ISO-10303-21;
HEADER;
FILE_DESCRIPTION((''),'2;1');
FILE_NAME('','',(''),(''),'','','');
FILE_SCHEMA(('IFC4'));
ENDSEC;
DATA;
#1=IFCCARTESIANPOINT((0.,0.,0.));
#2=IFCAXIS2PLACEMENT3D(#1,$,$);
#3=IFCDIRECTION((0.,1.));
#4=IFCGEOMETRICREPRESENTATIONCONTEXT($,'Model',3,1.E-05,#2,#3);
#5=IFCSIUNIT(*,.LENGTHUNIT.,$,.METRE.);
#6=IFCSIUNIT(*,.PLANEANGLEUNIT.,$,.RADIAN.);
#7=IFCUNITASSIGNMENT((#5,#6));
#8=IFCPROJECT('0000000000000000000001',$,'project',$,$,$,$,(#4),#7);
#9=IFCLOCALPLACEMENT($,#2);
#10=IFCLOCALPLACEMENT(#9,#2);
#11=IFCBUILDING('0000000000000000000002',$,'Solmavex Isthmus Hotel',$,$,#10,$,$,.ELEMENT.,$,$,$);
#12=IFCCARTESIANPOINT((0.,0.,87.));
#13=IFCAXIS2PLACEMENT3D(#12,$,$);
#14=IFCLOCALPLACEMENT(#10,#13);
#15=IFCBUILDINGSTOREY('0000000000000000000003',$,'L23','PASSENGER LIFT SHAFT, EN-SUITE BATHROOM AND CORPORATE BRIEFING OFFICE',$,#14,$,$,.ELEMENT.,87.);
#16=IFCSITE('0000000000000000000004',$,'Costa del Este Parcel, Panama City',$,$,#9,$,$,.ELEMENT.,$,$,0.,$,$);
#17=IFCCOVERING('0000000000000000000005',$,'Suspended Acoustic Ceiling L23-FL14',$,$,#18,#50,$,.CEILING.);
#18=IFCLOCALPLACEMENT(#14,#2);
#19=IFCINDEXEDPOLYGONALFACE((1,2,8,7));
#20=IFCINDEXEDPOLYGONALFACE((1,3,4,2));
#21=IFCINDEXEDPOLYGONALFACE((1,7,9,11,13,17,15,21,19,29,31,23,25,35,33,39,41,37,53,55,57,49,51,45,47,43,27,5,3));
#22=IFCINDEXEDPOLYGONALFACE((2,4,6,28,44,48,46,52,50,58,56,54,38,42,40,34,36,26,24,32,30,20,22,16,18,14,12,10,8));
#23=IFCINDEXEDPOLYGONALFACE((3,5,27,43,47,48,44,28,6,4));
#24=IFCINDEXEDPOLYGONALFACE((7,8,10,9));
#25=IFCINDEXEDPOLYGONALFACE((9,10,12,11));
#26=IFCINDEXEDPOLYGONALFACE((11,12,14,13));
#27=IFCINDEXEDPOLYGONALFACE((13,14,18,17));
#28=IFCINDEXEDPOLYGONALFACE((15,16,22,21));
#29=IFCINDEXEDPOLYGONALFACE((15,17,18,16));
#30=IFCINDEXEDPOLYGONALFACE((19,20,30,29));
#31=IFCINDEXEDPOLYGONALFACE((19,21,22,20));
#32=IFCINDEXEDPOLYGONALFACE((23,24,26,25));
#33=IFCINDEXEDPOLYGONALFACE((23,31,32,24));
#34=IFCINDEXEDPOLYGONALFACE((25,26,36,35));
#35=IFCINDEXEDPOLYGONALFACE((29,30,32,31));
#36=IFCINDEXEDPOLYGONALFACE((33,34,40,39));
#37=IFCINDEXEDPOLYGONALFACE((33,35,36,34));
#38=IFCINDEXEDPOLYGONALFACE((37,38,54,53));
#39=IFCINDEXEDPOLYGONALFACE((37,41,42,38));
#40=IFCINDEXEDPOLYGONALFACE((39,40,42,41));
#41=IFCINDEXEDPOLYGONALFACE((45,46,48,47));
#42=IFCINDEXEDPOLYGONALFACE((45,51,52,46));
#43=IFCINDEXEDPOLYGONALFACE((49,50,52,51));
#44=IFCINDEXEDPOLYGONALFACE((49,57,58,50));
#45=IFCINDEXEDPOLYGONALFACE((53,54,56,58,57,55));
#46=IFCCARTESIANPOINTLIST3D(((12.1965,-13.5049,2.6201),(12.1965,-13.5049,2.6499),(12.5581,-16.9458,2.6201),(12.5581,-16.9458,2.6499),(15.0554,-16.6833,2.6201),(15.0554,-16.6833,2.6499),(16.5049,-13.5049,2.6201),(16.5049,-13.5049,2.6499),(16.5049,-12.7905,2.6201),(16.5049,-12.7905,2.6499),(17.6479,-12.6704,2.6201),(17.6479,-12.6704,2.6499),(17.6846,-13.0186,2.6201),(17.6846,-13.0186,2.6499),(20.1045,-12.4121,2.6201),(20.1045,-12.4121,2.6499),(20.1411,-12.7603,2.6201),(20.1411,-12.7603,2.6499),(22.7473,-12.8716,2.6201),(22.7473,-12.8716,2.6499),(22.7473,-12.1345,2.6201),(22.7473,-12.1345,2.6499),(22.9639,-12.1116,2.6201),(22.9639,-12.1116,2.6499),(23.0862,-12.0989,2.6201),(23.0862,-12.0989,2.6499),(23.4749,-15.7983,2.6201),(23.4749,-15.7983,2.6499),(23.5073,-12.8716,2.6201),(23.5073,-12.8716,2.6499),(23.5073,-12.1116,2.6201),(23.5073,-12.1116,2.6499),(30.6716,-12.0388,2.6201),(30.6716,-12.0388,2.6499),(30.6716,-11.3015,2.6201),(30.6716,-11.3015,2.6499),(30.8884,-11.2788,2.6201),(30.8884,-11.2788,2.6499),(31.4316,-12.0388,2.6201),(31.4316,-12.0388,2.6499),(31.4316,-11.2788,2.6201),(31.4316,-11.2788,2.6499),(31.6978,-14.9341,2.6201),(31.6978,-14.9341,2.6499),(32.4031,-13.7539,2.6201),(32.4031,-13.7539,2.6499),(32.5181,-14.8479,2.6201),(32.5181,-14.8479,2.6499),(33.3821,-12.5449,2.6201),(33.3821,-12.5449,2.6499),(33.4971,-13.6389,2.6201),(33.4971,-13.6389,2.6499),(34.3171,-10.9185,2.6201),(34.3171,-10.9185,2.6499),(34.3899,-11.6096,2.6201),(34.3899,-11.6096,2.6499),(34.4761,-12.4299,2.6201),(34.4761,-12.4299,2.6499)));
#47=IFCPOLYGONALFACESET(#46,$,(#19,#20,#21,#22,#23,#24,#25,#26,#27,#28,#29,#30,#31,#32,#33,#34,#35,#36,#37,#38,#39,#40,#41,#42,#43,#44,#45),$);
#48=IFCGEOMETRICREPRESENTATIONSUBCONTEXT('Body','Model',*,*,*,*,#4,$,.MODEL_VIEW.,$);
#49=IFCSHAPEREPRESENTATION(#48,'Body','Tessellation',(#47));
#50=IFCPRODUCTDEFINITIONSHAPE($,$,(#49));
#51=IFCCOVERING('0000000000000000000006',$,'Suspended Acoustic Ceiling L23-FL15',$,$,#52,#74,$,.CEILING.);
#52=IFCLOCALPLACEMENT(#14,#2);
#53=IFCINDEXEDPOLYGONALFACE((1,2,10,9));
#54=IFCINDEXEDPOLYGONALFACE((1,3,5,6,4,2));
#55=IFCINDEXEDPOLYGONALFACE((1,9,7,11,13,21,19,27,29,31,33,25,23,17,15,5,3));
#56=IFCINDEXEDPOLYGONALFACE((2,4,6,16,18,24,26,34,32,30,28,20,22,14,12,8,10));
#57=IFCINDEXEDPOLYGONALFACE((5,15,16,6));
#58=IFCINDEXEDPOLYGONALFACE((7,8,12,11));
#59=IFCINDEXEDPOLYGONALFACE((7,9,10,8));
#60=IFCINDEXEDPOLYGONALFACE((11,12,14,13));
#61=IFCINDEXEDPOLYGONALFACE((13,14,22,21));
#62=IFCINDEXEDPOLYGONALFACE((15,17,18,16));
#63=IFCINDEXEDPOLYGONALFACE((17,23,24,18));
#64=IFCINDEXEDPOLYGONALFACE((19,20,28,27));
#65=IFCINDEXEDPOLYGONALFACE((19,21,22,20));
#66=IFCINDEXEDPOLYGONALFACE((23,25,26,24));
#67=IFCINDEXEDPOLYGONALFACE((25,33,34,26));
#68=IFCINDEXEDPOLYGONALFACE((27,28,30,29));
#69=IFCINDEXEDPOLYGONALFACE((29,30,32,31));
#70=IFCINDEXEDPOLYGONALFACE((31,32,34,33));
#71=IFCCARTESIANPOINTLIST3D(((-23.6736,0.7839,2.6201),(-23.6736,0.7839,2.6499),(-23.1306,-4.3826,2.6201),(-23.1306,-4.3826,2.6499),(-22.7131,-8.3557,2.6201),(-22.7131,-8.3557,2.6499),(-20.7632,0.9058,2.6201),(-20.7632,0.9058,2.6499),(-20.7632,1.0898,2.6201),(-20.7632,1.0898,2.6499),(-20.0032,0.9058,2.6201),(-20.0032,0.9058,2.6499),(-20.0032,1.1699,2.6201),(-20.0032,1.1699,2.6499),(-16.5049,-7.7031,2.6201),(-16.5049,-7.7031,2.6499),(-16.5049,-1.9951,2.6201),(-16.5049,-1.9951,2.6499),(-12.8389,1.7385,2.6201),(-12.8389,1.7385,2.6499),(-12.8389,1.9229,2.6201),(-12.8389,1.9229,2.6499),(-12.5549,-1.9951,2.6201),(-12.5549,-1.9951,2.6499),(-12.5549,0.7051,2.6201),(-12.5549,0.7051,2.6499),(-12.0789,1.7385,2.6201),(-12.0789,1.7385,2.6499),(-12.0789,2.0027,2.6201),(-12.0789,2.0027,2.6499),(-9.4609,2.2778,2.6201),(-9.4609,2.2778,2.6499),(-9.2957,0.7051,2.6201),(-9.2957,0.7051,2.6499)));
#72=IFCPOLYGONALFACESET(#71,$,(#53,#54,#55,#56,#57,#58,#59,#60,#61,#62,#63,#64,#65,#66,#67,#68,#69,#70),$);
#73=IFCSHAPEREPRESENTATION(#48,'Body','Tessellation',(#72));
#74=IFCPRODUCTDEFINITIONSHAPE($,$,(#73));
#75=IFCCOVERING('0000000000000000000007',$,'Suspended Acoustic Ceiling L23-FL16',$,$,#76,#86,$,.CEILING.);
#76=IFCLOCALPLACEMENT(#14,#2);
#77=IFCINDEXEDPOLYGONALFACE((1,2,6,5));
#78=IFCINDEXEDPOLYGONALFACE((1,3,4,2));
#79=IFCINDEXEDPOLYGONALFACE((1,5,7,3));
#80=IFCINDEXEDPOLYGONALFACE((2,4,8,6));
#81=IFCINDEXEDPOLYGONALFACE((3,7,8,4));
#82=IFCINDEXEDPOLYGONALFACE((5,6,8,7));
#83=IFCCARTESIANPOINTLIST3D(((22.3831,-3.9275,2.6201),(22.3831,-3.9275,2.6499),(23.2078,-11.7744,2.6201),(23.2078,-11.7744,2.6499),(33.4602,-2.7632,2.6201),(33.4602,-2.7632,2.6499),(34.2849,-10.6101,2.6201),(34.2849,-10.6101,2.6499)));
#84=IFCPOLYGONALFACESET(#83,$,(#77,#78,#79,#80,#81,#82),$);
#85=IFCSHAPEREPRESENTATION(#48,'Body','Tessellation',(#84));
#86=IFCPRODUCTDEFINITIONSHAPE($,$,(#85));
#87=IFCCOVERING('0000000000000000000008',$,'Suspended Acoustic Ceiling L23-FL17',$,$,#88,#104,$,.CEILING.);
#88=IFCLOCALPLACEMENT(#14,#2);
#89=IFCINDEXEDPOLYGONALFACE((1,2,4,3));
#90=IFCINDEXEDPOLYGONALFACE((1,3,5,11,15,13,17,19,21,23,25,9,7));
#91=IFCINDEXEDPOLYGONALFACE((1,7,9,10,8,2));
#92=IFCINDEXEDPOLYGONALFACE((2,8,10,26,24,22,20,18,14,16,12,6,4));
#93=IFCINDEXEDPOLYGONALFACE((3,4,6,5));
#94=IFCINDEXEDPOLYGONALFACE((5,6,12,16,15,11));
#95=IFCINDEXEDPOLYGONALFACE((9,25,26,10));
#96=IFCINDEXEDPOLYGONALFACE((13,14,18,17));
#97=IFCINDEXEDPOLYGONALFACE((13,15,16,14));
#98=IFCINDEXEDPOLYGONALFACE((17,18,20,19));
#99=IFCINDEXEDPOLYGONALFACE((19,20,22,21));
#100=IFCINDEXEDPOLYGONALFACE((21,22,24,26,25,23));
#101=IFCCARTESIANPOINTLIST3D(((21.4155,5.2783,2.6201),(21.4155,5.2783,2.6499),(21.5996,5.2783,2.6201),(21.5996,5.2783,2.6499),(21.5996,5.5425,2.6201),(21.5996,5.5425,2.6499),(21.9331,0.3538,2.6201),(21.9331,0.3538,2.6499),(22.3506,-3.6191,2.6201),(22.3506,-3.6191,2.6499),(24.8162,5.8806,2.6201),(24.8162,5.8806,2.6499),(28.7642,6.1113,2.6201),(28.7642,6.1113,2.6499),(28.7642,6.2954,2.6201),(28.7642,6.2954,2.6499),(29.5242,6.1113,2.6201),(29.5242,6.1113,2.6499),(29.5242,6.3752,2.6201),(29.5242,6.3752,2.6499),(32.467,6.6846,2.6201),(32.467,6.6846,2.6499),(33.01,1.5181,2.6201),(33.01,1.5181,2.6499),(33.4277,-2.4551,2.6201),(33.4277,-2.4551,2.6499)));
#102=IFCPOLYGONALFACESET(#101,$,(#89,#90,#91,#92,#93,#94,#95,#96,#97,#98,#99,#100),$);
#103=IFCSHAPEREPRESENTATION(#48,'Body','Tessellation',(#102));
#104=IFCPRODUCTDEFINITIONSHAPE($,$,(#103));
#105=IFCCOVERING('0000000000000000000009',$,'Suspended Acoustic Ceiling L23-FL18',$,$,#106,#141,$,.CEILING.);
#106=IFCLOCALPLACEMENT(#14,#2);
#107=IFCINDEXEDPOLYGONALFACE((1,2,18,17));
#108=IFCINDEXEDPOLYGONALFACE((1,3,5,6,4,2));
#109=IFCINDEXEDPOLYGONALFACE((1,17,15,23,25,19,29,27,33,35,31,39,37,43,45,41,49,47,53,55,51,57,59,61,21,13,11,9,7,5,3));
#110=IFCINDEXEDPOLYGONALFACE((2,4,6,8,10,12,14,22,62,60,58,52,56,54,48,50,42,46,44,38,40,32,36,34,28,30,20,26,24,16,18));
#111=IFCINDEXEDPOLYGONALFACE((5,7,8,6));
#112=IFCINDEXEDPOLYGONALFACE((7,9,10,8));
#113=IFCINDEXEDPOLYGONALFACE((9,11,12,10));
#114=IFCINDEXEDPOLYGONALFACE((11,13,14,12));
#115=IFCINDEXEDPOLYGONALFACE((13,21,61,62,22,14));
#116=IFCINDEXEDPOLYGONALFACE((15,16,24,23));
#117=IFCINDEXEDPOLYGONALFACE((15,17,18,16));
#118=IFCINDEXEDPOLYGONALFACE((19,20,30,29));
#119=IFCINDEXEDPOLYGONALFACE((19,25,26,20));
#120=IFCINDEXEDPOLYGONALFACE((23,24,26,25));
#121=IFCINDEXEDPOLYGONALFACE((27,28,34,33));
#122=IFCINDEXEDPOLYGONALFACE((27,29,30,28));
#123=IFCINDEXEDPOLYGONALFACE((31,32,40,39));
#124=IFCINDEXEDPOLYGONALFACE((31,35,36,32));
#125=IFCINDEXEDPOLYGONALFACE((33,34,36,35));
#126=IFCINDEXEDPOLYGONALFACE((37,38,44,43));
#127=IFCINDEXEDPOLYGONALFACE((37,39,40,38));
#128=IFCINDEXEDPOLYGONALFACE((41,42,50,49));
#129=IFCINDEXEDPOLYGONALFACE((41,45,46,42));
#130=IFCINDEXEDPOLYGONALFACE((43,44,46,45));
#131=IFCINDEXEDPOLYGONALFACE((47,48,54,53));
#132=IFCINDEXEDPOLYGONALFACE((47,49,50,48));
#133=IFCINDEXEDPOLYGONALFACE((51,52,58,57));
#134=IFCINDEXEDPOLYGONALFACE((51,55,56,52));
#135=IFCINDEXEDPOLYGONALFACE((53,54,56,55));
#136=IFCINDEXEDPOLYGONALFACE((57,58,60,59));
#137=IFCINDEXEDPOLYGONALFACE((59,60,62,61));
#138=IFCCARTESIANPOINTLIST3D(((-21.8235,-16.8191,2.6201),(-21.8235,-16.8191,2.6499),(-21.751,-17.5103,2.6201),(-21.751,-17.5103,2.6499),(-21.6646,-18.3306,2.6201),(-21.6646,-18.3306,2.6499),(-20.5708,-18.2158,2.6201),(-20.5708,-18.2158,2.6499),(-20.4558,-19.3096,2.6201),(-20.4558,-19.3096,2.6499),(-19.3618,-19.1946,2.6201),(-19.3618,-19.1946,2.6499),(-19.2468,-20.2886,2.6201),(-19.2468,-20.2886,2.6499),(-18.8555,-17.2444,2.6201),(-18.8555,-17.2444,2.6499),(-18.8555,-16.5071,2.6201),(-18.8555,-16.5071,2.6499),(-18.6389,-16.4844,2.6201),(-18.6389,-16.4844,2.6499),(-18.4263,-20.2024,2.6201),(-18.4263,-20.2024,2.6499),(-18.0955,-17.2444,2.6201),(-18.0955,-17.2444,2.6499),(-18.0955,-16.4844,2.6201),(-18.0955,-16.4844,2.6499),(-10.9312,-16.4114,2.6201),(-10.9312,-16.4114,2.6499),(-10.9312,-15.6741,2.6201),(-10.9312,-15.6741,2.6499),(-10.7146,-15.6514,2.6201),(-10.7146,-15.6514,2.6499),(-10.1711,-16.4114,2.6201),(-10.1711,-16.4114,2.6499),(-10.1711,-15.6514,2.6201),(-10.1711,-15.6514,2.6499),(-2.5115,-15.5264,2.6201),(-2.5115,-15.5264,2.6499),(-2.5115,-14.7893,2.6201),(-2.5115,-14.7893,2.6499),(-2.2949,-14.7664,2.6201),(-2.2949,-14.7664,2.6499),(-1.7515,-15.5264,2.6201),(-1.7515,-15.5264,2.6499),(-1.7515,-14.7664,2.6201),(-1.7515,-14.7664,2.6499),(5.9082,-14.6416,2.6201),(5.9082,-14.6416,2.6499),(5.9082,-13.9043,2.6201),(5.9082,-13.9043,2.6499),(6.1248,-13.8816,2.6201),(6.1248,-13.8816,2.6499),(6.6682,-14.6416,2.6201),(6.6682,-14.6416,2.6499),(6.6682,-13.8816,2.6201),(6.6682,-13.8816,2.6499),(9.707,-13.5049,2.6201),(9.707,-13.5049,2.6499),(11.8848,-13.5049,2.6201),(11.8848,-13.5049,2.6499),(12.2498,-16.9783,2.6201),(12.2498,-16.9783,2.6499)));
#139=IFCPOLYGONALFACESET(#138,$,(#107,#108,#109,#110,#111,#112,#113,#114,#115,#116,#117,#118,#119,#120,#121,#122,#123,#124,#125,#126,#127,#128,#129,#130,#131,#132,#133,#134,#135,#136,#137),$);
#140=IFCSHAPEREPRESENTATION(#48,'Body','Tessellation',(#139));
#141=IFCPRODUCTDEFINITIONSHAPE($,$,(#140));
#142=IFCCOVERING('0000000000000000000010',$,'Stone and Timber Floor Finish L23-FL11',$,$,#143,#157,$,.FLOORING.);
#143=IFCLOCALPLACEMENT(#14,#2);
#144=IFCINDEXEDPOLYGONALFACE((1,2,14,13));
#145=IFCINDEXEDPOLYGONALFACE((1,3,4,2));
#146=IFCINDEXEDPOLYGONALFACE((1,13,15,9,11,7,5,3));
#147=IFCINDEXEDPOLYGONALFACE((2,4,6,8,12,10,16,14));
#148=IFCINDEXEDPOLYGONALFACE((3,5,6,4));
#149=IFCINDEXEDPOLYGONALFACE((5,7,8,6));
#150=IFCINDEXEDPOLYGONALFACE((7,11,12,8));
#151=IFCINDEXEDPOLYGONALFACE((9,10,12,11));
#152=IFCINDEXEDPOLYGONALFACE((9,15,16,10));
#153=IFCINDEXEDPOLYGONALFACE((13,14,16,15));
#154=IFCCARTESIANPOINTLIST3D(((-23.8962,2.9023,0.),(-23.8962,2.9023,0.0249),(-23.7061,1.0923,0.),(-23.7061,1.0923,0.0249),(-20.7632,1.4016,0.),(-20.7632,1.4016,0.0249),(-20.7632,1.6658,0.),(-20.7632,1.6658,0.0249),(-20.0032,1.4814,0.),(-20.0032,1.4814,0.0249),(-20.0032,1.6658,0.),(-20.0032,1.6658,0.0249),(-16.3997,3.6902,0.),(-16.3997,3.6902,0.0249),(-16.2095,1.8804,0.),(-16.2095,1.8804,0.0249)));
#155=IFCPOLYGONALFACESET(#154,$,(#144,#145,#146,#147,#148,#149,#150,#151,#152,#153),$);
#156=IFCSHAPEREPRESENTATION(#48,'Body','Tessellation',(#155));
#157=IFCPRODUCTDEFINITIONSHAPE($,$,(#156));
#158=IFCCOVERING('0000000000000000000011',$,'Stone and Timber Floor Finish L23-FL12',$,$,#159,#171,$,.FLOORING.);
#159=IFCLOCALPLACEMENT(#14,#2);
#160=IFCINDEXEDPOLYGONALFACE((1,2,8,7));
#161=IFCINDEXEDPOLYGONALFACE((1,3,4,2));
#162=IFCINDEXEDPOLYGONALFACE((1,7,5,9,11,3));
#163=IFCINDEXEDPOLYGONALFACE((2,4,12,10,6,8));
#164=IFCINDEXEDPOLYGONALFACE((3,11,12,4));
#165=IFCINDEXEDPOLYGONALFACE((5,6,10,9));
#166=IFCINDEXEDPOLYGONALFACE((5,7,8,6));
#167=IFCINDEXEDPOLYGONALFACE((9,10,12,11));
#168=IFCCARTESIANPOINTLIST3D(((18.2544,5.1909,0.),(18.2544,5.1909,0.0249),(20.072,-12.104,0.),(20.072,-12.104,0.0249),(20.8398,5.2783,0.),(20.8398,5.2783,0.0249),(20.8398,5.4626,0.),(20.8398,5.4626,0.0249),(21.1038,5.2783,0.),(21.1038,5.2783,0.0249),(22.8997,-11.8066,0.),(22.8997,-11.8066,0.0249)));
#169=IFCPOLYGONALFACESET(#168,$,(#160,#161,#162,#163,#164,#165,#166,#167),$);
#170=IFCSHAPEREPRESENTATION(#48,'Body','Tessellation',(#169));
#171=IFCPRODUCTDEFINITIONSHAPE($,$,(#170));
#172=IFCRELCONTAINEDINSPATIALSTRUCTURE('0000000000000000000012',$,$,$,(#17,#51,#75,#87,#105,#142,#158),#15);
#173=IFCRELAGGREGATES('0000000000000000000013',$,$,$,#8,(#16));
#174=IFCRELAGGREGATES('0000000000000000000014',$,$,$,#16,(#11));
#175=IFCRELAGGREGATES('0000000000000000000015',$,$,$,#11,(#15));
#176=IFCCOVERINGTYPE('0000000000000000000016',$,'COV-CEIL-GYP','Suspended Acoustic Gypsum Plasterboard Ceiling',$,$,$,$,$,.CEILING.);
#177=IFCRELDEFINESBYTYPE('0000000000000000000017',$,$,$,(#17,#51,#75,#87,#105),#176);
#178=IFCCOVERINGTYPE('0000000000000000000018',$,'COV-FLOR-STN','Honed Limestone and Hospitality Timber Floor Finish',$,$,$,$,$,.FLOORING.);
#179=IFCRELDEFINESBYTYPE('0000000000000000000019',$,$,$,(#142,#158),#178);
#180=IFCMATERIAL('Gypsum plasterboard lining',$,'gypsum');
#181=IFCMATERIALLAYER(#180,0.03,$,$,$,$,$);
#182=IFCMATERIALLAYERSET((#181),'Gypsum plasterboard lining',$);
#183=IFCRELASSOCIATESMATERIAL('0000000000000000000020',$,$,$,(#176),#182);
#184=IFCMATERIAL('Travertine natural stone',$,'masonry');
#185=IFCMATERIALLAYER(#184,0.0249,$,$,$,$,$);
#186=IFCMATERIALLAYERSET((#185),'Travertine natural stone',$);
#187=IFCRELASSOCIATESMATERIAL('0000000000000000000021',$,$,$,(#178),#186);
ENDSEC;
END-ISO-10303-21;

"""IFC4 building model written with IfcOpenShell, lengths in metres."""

from ifc_helpers import new_model, si_unit, direction, frame, origin, place, context, subcontext, project, spatial, polyline, outline, extrude, material, layer, layer_set, type_object, element, save


model = new_model("IFC4")

# Units and contexts
model_context = context("Model", 3, precision=1e-05, world=origin(), true_north=direction((0.0, 1.0)))
body_context = subcontext(model_context, "Body", "Model", "MODEL_VIEW")
ifc_project = project(units=[si_unit("LENGTHUNIT", "METRE"), si_unit("PLANEANGLEUNIT", "RADIAN")], contexts=[model_context])

# Site, building, storey
site_placement = place(None, origin())
site = spatial("IfcSite", under=ifc_project, at=site_placement, Name="Costa del Este Parcel, Panama City", CompositionType="ELEMENT", RefElevation=0.0)
building_placement = place(site_placement, origin())
building = spatial("IfcBuilding", under=site, at=building_placement, Name="Solmavex Isthmus Hotel", CompositionType="ELEMENT")
storey_placement = place(building_placement, frame((0.0, 0.0, 87.0)))
storey = spatial("IfcBuildingStorey", under=building, at=storey_placement, Name="L23", Description="PASSENGER LIFT SHAFT, EN-SUITE BATHROOM AND CORPORATE BRIEFING OFFICE", CompositionType="ELEMENT", Elevation=87.0)

# Shared definitions
ifc_material_1 = material(Name="Gypsum plasterboard lining", Category="gypsum")

# Coverings
ifc_layer_1 = layer(ifc_material_1, 0.03)
ifc_layer_set_1 = layer_set([ifc_layer_1], Name="Gypsum plasterboard lining")
covering_type_1 = type_object("IfcCoveringType", Name="COV-CEIL-GYP", Description="Suspended Acoustic Gypsum Plasterboard Ceiling", PredefinedType="CEILING", material=ifc_layer_set_1)
covering_1_placement = place(storey_placement, frame((0.0, 0.0, 2.6201)))
element("IfcCovering", 1, at=covering_1_placement, inside=storey, type_object=covering_type_1, Name="Suspended Acoustic Ceiling L23-FL14", PredefinedType="CEILING", context=body_context, shape_type="SweptSolid", body=[
    extrude(outline(polyline([(16.5049, -12.7905), (16.5049, -13.5049), (12.1965, -13.5049), (12.5581, -16.9458), (15.0554, -16.6833), (23.4749, -15.7983), (31.6978, -14.9341), (32.5181, -14.8479), (32.4031, -13.7539), (33.4971, -13.6389), (33.3821, -12.5449), (34.4761, -12.4299), (34.3899, -11.6096), (34.3171, -10.9185), (30.8884, -11.2788), (31.4316, -11.2788), (31.4316, -12.0388), (30.6716, -12.0388), (30.6716, -11.3015), (23.0862, -12.0989), (22.9639, -12.1116), (23.5073, -12.1116), (23.5073, -12.8716), (22.7473, -12.8716), (22.7473, -12.1345), (20.1045, -12.4121), (20.1411, -12.7603), (17.6846, -13.0186), (17.6479, -12.6704), (16.5049, -12.7905)])), origin(), (0.0, 0.0, 1.0), 0.0298),
])
covering_2_placement = place(storey_placement, frame((0.0, 0.0, 2.6201)))
element("IfcCovering", 2, at=covering_2_placement, inside=storey, type_object=covering_type_1, Name="Suspended Acoustic Ceiling L23-FL15", PredefinedType="CEILING", context=body_context, shape_type="SweptSolid", body=[
    extrude(outline(polyline([(-20.0032, 1.1699), (-20.0032, 0.9058), (-20.7632, 0.9058), (-20.7632, 1.0898), (-23.6736, 0.7839), (-23.1306, -4.3826), (-22.7131, -8.3557), (-16.5049, -7.7031), (-16.5049, -1.9951), (-12.5549, -1.9951), (-12.5549, 0.7051), (-9.2957, 0.7051), (-9.4609, 2.2778), (-12.0789, 2.0027), (-12.0789, 1.7385), (-12.8389, 1.7385), (-12.8389, 1.9229), (-20.0032, 1.1699)])), origin(), (0.0, 0.0, 1.0), 0.0298),
])
covering_3_placement = place(storey_placement, frame((0.0, 0.0, 2.6201)))
element("IfcCovering", 3, at=covering_3_placement, inside=storey, type_object=covering_type_1, Name="Suspended Acoustic Ceiling L23-FL16", PredefinedType="CEILING", context=body_context, shape_type="SweptSolid", body=[
    extrude(outline(polyline([(33.4602, -2.7632), (22.3831, -3.9275), (23.2078, -11.7744), (34.2849, -10.6101), (33.4602, -2.7632)])), origin(), (0.0, 0.0, 1.0), 0.0298),
])
covering_4_placement = place(storey_placement, frame((0.0, 0.0, 2.6201)))
element("IfcCovering", 4, at=covering_4_placement, inside=storey, type_object=covering_type_1, Name="Suspended Acoustic Ceiling L23-FL17", PredefinedType="CEILING", context=body_context, shape_type="SweptSolid", body=[
    extrude(outline(polyline([(21.5996, 5.5425), (21.5996, 5.2783), (21.4155, 5.2783), (21.9331, 0.3538), (22.3506, -3.6191), (33.4277, -2.4551), (33.01, 1.5181), (32.467, 6.6846), (29.5242, 6.3752), (29.5242, 6.1113), (28.7642, 6.1113), (28.7642, 6.2954), (24.8162, 5.8806), (21.5996, 5.5425)])), origin(), (0.0, 0.0, 1.0), 0.0298),
])
covering_5_placement = place(storey_placement, frame((0.0, 0.0, 2.6201)))
element("IfcCovering", 5, at=covering_5_placement, inside=storey, type_object=covering_type_1, Name="Suspended Acoustic Ceiling L23-FL18", PredefinedType="CEILING", context=body_context, shape_type="SweptSolid", body=[
    extrude(outline(polyline([(-20.5708, -18.2158), (-20.4558, -19.3096), (-19.3618, -19.1946), (-19.2468, -20.2886), (-18.4263, -20.2024), (12.2498, -16.9783), (11.8848, -13.5049), (9.707, -13.5049), (6.1248, -13.8816), (6.6682, -13.8816), (6.6682, -14.6416), (5.9082, -14.6416), (5.9082, -13.9043), (-2.2949, -14.7664), (-1.7515, -14.7664), (-1.7515, -15.5264), (-2.5115, -15.5264), (-2.5115, -14.7893), (-10.7146, -15.6514), (-10.1711, -15.6514), (-10.1711, -16.4114), (-10.9312, -16.4114), (-10.9312, -15.6741), (-18.6389, -16.4844), (-18.0955, -16.4844), (-18.0955, -17.2444), (-18.8555, -17.2444), (-18.8555, -16.5071), (-21.8235, -16.8191), (-21.751, -17.5103), (-21.6646, -18.3306), (-20.5708, -18.2158)])), origin(), (0.0, 0.0, 1.0), 0.0298),
])
ifc_material_2 = material(Name="Travertine natural stone", Category="masonry")
ifc_layer_2 = layer(ifc_material_2, 0.0249)
ifc_layer_set_2 = layer_set([ifc_layer_2], Name="Travertine natural stone")
covering_type_2 = type_object("IfcCoveringType", Name="COV-FLOR-STN", Description="Honed Limestone and Hospitality Timber Floor Finish", PredefinedType="FLOORING", material=ifc_layer_set_2)
covering_6_placement = place(storey_placement, origin())
element("IfcCovering", 6, at=covering_6_placement, inside=storey, type_object=covering_type_2, Name="Stone and Timber Floor Finish L23-FL11", PredefinedType="FLOORING", context=body_context, shape_type="SweptSolid", body=[
    extrude(outline(polyline([(-16.2095, 1.8804), (-16.3997, 3.6902), (-23.8962, 2.9023), (-23.7061, 1.0923), (-20.7632, 1.4016), (-20.7632, 1.6658), (-20.0032, 1.6658), (-20.0032, 1.4814), (-16.2095, 1.8804)])), origin(), (0.0, 0.0, 1.0), 0.0249),
])
covering_7_placement = place(storey_placement, origin())
element("IfcCovering", 7, at=covering_7_placement, inside=storey, type_object=covering_type_2, Name="Stone and Timber Floor Finish L23-FL12", PredefinedType="FLOORING", context=body_context, shape_type="SweptSolid", body=[
    extrude(outline(polyline([(21.1038, 5.2783), (20.8398, 5.2783), (20.8398, 5.4626), (18.2544, 5.1909), (20.072, -12.104), (22.8997, -11.8066), (21.1038, 5.2783)])), origin(), (0.0, 0.0, 1.0), 0.0249),
])

save(model, "model.ifc")
